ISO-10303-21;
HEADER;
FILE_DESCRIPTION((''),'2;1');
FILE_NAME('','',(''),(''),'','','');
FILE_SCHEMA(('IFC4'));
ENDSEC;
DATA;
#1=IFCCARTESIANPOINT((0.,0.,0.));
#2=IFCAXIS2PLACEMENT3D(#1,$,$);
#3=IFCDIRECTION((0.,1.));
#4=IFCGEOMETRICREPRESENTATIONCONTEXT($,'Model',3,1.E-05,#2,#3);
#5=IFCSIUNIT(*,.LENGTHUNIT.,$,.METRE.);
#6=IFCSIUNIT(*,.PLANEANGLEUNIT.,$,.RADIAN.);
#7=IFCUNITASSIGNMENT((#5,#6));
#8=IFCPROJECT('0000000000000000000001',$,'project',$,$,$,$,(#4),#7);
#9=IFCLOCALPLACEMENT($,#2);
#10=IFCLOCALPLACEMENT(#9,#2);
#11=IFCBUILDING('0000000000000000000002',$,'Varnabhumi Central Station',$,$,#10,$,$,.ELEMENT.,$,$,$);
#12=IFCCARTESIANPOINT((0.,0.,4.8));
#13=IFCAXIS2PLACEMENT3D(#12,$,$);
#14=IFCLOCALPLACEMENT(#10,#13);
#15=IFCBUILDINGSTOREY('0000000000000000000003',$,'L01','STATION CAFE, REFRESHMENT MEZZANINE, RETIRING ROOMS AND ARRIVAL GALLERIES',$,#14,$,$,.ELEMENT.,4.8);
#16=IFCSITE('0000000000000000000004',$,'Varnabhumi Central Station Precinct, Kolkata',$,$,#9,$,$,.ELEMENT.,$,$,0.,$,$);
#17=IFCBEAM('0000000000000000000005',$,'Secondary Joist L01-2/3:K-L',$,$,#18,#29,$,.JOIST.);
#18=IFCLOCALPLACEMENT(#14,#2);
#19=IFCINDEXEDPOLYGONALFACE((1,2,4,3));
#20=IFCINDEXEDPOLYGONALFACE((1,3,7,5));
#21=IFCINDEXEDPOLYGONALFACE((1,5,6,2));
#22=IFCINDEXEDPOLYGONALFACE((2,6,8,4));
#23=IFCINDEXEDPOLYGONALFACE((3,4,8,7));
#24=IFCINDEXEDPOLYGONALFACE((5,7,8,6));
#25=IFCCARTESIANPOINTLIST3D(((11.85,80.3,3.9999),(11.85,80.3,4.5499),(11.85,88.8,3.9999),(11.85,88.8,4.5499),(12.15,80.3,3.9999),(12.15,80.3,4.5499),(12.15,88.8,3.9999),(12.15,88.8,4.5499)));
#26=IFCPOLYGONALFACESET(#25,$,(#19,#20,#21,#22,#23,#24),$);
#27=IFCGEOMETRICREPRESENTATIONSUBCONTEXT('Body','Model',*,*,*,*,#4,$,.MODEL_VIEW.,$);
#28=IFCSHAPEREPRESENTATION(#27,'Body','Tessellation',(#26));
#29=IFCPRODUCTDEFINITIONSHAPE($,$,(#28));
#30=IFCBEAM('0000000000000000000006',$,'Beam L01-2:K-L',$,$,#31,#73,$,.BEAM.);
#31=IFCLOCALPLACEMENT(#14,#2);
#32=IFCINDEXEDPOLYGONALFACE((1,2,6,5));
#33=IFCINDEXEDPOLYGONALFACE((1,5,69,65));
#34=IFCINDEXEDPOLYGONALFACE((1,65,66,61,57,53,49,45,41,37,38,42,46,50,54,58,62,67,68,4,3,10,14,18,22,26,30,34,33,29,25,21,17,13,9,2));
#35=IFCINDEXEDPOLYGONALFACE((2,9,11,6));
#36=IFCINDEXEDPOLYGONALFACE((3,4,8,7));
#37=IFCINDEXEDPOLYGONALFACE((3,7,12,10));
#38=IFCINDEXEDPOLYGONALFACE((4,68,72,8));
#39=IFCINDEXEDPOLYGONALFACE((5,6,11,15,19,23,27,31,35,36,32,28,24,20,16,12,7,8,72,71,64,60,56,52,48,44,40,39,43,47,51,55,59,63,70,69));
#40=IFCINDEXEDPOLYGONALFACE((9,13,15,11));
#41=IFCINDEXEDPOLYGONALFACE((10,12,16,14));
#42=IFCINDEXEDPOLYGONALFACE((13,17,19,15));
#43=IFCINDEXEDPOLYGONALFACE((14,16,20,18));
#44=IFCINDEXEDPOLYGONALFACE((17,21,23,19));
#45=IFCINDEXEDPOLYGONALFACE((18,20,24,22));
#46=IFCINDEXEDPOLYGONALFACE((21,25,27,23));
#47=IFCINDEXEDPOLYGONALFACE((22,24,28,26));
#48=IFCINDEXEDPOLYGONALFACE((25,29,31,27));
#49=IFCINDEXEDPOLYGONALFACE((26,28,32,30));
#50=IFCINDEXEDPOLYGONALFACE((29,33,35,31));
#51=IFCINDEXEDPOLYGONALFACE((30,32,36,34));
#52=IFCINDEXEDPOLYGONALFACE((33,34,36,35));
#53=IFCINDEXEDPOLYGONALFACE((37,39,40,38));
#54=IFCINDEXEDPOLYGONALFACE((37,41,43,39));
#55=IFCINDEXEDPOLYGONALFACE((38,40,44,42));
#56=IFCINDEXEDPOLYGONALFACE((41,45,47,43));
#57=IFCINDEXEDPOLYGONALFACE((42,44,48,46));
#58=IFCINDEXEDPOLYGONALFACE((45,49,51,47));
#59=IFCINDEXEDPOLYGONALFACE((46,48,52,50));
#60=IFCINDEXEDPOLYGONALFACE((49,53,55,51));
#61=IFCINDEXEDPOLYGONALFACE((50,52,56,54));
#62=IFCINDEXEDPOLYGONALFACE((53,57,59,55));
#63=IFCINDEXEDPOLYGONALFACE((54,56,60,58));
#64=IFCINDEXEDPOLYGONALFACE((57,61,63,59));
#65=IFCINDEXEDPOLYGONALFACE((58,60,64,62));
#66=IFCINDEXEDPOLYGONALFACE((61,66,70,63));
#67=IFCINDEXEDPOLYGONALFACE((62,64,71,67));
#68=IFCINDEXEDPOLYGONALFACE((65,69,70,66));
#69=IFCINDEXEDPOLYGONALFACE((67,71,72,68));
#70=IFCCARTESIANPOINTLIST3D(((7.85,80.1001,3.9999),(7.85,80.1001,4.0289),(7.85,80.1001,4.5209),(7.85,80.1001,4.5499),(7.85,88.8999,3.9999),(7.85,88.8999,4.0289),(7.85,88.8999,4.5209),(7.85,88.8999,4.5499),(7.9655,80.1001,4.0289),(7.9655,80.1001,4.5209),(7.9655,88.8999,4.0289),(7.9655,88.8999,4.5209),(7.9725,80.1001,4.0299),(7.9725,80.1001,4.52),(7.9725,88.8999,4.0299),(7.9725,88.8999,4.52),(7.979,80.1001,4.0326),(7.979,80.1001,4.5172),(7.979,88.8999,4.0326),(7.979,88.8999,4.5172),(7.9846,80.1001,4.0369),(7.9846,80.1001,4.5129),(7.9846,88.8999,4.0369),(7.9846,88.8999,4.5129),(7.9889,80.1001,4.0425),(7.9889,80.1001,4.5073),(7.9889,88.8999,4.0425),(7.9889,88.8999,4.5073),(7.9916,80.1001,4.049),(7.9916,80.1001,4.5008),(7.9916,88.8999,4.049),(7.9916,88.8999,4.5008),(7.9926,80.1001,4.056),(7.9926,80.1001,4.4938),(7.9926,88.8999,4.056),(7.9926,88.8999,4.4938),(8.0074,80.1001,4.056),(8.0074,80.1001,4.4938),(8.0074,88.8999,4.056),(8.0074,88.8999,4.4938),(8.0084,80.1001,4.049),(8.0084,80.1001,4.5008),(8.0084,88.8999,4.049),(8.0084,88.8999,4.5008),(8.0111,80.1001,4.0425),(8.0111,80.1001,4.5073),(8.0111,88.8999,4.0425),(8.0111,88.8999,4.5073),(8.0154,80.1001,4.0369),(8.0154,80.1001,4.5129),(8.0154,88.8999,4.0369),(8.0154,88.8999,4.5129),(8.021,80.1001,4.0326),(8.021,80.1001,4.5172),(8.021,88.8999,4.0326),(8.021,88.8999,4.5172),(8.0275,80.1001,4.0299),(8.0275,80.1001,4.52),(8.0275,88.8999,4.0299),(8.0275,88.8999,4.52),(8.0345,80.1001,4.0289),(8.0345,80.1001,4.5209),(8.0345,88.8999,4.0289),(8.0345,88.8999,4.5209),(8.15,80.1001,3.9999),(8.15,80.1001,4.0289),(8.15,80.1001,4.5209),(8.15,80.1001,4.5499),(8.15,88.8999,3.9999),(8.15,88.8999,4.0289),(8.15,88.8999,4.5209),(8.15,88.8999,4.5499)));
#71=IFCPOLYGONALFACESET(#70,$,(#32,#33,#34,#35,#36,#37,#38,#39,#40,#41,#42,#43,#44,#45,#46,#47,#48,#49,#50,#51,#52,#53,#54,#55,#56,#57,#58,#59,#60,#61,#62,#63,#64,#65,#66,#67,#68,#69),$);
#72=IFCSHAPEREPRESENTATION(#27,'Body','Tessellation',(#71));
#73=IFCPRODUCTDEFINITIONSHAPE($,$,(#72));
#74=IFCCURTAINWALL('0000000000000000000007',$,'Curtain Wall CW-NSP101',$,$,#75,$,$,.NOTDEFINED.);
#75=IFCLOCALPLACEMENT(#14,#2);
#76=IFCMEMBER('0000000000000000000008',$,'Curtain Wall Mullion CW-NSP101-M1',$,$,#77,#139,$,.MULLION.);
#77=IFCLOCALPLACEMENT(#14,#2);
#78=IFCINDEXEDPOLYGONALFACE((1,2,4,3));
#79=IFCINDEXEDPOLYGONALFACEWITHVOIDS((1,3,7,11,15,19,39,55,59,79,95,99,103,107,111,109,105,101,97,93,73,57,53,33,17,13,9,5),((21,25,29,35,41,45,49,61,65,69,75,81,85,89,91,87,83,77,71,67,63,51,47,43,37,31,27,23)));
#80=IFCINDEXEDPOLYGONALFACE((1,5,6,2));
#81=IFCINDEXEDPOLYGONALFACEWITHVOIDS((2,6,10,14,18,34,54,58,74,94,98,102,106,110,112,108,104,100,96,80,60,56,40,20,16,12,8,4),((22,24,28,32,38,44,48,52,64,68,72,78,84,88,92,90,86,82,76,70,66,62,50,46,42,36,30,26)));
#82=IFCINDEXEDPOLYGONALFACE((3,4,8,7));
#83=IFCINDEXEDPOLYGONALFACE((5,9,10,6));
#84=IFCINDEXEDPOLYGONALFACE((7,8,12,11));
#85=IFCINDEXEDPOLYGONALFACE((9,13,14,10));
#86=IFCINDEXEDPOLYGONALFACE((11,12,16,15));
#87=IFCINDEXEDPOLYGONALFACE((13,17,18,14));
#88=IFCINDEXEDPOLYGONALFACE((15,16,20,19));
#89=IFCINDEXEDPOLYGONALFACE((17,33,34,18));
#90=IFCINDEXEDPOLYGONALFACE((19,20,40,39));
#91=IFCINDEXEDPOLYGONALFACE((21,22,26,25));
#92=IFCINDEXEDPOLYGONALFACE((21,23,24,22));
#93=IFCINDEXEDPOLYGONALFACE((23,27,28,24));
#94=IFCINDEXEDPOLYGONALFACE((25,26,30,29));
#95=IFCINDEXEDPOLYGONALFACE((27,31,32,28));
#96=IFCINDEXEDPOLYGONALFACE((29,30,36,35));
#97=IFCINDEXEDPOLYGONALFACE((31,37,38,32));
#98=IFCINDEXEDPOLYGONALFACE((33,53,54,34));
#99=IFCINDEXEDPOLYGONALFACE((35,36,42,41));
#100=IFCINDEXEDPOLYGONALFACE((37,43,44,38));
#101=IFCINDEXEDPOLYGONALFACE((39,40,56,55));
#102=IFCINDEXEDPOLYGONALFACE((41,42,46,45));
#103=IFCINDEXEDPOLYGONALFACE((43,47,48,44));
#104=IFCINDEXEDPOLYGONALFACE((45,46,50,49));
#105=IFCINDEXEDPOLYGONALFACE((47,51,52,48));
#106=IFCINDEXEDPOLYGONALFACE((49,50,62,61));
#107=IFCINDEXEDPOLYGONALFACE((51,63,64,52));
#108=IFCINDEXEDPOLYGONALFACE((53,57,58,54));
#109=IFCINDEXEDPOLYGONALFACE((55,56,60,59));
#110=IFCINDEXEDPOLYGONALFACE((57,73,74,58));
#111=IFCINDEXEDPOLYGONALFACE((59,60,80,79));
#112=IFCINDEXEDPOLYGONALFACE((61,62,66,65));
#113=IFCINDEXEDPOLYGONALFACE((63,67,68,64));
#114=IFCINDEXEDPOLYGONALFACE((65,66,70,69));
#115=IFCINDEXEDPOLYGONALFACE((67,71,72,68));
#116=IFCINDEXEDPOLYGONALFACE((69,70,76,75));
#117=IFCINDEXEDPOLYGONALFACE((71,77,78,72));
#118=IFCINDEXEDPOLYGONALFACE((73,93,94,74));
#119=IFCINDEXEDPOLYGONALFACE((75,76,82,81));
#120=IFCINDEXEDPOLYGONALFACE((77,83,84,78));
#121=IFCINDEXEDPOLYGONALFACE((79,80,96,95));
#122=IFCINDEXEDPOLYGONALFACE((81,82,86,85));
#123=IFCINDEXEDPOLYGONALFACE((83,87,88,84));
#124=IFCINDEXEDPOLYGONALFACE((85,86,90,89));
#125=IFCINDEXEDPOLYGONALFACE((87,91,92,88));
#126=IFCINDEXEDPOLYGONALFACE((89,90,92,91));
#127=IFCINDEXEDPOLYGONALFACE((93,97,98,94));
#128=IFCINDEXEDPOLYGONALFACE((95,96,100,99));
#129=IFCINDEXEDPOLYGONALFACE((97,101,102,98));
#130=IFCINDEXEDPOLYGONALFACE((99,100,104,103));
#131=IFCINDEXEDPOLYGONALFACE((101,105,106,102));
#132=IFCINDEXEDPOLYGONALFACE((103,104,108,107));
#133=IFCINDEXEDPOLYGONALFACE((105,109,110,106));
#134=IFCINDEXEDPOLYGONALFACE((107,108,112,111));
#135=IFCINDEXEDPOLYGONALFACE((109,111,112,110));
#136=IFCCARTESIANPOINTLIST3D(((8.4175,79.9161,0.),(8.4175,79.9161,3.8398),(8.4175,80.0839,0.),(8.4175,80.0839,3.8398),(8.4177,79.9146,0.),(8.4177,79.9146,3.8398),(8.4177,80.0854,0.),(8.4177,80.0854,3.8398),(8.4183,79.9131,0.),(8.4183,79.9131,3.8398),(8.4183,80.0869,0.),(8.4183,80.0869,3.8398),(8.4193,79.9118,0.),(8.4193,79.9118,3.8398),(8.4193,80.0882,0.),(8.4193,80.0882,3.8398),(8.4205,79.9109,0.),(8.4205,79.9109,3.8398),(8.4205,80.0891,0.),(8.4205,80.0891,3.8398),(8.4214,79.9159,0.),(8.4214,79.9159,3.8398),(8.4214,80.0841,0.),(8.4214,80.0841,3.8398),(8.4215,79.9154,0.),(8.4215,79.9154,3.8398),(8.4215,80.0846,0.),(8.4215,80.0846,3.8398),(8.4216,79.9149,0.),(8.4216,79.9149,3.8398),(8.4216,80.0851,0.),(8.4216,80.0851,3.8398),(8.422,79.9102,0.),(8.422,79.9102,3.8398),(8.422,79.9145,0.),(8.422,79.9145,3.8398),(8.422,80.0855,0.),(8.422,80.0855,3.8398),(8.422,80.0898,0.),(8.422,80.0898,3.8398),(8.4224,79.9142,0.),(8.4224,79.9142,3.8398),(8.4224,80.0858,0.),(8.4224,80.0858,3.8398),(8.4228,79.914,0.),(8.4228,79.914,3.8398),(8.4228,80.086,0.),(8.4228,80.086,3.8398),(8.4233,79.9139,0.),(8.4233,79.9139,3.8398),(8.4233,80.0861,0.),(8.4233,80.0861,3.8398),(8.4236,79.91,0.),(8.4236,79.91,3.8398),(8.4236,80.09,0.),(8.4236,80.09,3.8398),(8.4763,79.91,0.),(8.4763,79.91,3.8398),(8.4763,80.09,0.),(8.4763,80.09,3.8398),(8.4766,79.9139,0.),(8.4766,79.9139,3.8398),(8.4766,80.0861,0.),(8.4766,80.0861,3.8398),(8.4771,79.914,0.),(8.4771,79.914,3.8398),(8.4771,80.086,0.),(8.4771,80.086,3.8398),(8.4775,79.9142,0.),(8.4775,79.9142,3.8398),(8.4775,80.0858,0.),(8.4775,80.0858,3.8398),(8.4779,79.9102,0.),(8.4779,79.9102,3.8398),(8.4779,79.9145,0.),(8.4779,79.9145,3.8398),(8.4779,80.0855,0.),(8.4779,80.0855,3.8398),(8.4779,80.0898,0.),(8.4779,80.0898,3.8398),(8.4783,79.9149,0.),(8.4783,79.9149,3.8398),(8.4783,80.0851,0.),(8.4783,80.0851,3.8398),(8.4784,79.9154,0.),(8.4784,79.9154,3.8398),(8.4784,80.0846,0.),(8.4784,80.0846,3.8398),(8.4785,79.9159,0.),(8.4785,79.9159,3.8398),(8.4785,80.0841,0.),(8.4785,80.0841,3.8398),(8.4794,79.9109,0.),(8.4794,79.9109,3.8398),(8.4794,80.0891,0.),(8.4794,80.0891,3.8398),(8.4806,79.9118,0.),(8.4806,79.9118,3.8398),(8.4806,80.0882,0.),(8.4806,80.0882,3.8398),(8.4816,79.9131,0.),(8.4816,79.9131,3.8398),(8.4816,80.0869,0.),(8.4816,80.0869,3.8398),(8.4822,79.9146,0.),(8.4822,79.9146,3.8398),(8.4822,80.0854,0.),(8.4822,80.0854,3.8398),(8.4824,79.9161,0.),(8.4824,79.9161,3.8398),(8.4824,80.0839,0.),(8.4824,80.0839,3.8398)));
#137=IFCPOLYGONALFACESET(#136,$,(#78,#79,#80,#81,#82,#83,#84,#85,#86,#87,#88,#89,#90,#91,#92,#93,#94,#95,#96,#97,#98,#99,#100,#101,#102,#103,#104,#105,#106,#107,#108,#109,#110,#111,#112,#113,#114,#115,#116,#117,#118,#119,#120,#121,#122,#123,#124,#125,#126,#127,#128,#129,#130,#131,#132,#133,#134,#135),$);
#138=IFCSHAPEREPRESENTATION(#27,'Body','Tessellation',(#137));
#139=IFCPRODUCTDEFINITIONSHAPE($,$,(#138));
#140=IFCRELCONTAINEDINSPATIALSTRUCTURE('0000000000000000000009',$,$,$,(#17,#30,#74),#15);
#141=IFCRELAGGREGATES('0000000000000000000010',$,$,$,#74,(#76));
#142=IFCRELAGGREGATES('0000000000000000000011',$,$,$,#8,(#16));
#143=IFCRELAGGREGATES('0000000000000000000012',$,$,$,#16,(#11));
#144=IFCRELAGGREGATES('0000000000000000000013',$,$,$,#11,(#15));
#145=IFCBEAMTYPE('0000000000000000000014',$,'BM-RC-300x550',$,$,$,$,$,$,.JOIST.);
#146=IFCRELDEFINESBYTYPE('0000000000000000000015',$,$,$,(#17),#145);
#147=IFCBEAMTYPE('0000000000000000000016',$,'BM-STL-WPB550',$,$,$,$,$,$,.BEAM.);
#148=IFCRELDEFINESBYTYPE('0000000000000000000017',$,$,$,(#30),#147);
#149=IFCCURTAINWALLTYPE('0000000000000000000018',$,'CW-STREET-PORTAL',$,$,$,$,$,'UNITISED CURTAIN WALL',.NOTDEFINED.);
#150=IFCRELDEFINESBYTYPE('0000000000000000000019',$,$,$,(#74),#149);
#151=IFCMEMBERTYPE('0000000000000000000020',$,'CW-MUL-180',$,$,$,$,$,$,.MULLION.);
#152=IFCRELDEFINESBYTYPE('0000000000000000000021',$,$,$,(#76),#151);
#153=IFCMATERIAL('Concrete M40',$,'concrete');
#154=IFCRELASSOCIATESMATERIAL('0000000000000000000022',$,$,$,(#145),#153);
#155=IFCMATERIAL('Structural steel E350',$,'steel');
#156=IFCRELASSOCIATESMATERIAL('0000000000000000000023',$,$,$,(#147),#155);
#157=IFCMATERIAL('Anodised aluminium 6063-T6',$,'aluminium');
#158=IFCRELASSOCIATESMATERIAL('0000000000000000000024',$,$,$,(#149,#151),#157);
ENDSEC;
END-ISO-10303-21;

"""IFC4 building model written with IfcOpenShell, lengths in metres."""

from ifc_helpers import new_model, si_unit, direction, frame, origin, origin_2d, place, context, subcontext, project, spatial, rectangle, hollow_rectangle, i_section, extrude, material, material_profile, profile_set, type_object, element, aggregate, save


model = new_model("IFC4")

# Units and contexts
model_context = context("Model", 3, precision=1e-05, world=origin(), true_north=direction((0.0, 1.0)))
body_context = subcontext(model_context, "Body", "Model", "MODEL_VIEW")
ifc_project = project(units=[si_unit("LENGTHUNIT", "METRE"), si_unit("PLANEANGLEUNIT", "RADIAN")], contexts=[model_context])

# Site, building, storey
site_placement = place(None, origin())
site = spatial("IfcSite", under=ifc_project, at=site_placement, Name="Varnabhumi Central Station Precinct, Kolkata", CompositionType="ELEMENT", RefElevation=0.0)
building_placement = place(site_placement, origin())
building = spatial("IfcBuilding", under=site, at=building_placement, Name="Varnabhumi Central Station", CompositionType="ELEMENT")
storey_placement = place(building_placement, frame((0.0, 0.0, 4.8)))
storey = spatial("IfcBuildingStorey", under=building, at=storey_placement, Name="L01", Description="STATION CAFE, REFRESHMENT MEZZANINE, RETIRING ROOMS AND ARRIVAL GALLERIES", CompositionType="ELEMENT", Elevation=4.8)

# Beams
ifc_material_1 = material(Name="Structural steel E350", Category="steel")
ifc_material_2 = material(Name="Concrete M40", Category="concrete")
ifc_material_profile_1 = material_profile(ifc_material_2, rectangle(XDim=0.3, YDim=0.55, at=origin_2d()), Name="Concrete M40", Category="concrete")
ifc_profile_set_1 = profile_set([ifc_material_profile_1], Name="Concrete M40")
beam_type_1 = type_object("IfcBeamType", Name="BM-RC-300x550", PredefinedType="JOIST", material=ifc_profile_set_1)
beam_1_placement = place(storey_placement, frame((12.0, 80.3, 4.2749), z_axis=(0.0, 1.0, 0.0), x_axis=(-1.0, 0.0, 0.0)))
element("IfcBeam", 1, at=beam_1_placement, inside=storey, type_object=beam_type_1, Name="Secondary Joist L01-2/3:K-L", PredefinedType="JOIST", context=body_context, shape_type="SweptSolid", body=[
    extrude(rectangle(XDim=0.3, YDim=0.55, at=origin_2d()), origin(), (0.0, 0.0, 1.0), 8.5),
])
ifc_material_profile_2 = material_profile(ifc_material_1, i_section(OverallWidth=0.3, OverallDepth=0.55, WebThickness=0.0149, FlangeThickness=0.0291, FilletRadius=0.0271, at=origin_2d()), Name="Structural steel E350", Category="steel")
ifc_profile_set_2 = profile_set([ifc_material_profile_2], Name="Structural steel E350")
beam_type_2 = type_object("IfcBeamType", Name="BM-STL-WPB550", PredefinedType="BEAM", material=ifc_profile_set_2)
beam_2_placement = place(storey_placement, frame((8.0, 80.1001, 4.2749), z_axis=(0.0, 1.0, 0.0), x_axis=(-1.0, 0.0, 0.0)))
element("IfcBeam", 2, at=beam_2_placement, inside=storey, type_object=beam_type_2, Name="Beam L01-2:K-L", PredefinedType="BEAM", context=body_context, shape_type="SweptSolid", body=[
    extrude(i_section(OverallWidth=0.3, OverallDepth=0.55, WebThickness=0.0149, FlangeThickness=0.0291, FilletRadius=0.0271, at=origin_2d()), origin(), (0.0, 0.0, 1.0), 8.7998),
])

# Curtain wall, member
ifc_material_3 = material(Name="Anodised aluminium 6063-T6", Category="aluminium")
curtain_wall_type_1 = type_object("IfcCurtainWallType", Name="CW-STREET-PORTAL", ElementType="UNITISED CURTAIN WALL", PredefinedType="NOTDEFINED", material=ifc_material_3)
curtain_wall_1_placement = place(storey_placement, origin())
curtain_wall_1 = element("IfcCurtainWall", 3, at=curtain_wall_1_placement, inside=storey, type_object=curtain_wall_type_1, Name="Curtain Wall CW-NSP101", PredefinedType="NOTDEFINED")
ifc_material_profile_3 = material_profile(ifc_material_3, hollow_rectangle(XDim=0.0649, YDim=0.1799, WallThickness=0.0039, InnerFilletRadius=0.002, OuterFilletRadius=0.0061, at=origin_2d()), Name="Anodised aluminium 6063-T6", Category="aluminium")
ifc_profile_set_3 = profile_set([ifc_material_profile_3], Name="Anodised aluminium 6063-T6")
member_type_1 = type_object("IfcMemberType", Name="CW-MUL-180", PredefinedType="MULLION", material=ifc_profile_set_3)
member_1_placement = place(storey_placement, frame((8.45, 80.0, 0.0), z_axis=(0.0, 0.0, 1.0), x_axis=(1.0, 0.0, 0.0)))
member_1 = element("IfcMember", 4, at=member_1_placement, type_object=member_type_1, Name="Curtain Wall Mullion CW-NSP101-M1", PredefinedType="MULLION", context=body_context, shape_type="SweptSolid", body=[
    extrude(hollow_rectangle(XDim=0.0649, YDim=0.1799, WallThickness=0.0039, InnerFilletRadius=0.002, OuterFilletRadius=0.0061, at=origin_2d()), origin(), (0.0, 0.0, 1.0), 3.8398),
])

aggregate(curtain_wall_1, [member_1])

save(model, "model.ifc")
